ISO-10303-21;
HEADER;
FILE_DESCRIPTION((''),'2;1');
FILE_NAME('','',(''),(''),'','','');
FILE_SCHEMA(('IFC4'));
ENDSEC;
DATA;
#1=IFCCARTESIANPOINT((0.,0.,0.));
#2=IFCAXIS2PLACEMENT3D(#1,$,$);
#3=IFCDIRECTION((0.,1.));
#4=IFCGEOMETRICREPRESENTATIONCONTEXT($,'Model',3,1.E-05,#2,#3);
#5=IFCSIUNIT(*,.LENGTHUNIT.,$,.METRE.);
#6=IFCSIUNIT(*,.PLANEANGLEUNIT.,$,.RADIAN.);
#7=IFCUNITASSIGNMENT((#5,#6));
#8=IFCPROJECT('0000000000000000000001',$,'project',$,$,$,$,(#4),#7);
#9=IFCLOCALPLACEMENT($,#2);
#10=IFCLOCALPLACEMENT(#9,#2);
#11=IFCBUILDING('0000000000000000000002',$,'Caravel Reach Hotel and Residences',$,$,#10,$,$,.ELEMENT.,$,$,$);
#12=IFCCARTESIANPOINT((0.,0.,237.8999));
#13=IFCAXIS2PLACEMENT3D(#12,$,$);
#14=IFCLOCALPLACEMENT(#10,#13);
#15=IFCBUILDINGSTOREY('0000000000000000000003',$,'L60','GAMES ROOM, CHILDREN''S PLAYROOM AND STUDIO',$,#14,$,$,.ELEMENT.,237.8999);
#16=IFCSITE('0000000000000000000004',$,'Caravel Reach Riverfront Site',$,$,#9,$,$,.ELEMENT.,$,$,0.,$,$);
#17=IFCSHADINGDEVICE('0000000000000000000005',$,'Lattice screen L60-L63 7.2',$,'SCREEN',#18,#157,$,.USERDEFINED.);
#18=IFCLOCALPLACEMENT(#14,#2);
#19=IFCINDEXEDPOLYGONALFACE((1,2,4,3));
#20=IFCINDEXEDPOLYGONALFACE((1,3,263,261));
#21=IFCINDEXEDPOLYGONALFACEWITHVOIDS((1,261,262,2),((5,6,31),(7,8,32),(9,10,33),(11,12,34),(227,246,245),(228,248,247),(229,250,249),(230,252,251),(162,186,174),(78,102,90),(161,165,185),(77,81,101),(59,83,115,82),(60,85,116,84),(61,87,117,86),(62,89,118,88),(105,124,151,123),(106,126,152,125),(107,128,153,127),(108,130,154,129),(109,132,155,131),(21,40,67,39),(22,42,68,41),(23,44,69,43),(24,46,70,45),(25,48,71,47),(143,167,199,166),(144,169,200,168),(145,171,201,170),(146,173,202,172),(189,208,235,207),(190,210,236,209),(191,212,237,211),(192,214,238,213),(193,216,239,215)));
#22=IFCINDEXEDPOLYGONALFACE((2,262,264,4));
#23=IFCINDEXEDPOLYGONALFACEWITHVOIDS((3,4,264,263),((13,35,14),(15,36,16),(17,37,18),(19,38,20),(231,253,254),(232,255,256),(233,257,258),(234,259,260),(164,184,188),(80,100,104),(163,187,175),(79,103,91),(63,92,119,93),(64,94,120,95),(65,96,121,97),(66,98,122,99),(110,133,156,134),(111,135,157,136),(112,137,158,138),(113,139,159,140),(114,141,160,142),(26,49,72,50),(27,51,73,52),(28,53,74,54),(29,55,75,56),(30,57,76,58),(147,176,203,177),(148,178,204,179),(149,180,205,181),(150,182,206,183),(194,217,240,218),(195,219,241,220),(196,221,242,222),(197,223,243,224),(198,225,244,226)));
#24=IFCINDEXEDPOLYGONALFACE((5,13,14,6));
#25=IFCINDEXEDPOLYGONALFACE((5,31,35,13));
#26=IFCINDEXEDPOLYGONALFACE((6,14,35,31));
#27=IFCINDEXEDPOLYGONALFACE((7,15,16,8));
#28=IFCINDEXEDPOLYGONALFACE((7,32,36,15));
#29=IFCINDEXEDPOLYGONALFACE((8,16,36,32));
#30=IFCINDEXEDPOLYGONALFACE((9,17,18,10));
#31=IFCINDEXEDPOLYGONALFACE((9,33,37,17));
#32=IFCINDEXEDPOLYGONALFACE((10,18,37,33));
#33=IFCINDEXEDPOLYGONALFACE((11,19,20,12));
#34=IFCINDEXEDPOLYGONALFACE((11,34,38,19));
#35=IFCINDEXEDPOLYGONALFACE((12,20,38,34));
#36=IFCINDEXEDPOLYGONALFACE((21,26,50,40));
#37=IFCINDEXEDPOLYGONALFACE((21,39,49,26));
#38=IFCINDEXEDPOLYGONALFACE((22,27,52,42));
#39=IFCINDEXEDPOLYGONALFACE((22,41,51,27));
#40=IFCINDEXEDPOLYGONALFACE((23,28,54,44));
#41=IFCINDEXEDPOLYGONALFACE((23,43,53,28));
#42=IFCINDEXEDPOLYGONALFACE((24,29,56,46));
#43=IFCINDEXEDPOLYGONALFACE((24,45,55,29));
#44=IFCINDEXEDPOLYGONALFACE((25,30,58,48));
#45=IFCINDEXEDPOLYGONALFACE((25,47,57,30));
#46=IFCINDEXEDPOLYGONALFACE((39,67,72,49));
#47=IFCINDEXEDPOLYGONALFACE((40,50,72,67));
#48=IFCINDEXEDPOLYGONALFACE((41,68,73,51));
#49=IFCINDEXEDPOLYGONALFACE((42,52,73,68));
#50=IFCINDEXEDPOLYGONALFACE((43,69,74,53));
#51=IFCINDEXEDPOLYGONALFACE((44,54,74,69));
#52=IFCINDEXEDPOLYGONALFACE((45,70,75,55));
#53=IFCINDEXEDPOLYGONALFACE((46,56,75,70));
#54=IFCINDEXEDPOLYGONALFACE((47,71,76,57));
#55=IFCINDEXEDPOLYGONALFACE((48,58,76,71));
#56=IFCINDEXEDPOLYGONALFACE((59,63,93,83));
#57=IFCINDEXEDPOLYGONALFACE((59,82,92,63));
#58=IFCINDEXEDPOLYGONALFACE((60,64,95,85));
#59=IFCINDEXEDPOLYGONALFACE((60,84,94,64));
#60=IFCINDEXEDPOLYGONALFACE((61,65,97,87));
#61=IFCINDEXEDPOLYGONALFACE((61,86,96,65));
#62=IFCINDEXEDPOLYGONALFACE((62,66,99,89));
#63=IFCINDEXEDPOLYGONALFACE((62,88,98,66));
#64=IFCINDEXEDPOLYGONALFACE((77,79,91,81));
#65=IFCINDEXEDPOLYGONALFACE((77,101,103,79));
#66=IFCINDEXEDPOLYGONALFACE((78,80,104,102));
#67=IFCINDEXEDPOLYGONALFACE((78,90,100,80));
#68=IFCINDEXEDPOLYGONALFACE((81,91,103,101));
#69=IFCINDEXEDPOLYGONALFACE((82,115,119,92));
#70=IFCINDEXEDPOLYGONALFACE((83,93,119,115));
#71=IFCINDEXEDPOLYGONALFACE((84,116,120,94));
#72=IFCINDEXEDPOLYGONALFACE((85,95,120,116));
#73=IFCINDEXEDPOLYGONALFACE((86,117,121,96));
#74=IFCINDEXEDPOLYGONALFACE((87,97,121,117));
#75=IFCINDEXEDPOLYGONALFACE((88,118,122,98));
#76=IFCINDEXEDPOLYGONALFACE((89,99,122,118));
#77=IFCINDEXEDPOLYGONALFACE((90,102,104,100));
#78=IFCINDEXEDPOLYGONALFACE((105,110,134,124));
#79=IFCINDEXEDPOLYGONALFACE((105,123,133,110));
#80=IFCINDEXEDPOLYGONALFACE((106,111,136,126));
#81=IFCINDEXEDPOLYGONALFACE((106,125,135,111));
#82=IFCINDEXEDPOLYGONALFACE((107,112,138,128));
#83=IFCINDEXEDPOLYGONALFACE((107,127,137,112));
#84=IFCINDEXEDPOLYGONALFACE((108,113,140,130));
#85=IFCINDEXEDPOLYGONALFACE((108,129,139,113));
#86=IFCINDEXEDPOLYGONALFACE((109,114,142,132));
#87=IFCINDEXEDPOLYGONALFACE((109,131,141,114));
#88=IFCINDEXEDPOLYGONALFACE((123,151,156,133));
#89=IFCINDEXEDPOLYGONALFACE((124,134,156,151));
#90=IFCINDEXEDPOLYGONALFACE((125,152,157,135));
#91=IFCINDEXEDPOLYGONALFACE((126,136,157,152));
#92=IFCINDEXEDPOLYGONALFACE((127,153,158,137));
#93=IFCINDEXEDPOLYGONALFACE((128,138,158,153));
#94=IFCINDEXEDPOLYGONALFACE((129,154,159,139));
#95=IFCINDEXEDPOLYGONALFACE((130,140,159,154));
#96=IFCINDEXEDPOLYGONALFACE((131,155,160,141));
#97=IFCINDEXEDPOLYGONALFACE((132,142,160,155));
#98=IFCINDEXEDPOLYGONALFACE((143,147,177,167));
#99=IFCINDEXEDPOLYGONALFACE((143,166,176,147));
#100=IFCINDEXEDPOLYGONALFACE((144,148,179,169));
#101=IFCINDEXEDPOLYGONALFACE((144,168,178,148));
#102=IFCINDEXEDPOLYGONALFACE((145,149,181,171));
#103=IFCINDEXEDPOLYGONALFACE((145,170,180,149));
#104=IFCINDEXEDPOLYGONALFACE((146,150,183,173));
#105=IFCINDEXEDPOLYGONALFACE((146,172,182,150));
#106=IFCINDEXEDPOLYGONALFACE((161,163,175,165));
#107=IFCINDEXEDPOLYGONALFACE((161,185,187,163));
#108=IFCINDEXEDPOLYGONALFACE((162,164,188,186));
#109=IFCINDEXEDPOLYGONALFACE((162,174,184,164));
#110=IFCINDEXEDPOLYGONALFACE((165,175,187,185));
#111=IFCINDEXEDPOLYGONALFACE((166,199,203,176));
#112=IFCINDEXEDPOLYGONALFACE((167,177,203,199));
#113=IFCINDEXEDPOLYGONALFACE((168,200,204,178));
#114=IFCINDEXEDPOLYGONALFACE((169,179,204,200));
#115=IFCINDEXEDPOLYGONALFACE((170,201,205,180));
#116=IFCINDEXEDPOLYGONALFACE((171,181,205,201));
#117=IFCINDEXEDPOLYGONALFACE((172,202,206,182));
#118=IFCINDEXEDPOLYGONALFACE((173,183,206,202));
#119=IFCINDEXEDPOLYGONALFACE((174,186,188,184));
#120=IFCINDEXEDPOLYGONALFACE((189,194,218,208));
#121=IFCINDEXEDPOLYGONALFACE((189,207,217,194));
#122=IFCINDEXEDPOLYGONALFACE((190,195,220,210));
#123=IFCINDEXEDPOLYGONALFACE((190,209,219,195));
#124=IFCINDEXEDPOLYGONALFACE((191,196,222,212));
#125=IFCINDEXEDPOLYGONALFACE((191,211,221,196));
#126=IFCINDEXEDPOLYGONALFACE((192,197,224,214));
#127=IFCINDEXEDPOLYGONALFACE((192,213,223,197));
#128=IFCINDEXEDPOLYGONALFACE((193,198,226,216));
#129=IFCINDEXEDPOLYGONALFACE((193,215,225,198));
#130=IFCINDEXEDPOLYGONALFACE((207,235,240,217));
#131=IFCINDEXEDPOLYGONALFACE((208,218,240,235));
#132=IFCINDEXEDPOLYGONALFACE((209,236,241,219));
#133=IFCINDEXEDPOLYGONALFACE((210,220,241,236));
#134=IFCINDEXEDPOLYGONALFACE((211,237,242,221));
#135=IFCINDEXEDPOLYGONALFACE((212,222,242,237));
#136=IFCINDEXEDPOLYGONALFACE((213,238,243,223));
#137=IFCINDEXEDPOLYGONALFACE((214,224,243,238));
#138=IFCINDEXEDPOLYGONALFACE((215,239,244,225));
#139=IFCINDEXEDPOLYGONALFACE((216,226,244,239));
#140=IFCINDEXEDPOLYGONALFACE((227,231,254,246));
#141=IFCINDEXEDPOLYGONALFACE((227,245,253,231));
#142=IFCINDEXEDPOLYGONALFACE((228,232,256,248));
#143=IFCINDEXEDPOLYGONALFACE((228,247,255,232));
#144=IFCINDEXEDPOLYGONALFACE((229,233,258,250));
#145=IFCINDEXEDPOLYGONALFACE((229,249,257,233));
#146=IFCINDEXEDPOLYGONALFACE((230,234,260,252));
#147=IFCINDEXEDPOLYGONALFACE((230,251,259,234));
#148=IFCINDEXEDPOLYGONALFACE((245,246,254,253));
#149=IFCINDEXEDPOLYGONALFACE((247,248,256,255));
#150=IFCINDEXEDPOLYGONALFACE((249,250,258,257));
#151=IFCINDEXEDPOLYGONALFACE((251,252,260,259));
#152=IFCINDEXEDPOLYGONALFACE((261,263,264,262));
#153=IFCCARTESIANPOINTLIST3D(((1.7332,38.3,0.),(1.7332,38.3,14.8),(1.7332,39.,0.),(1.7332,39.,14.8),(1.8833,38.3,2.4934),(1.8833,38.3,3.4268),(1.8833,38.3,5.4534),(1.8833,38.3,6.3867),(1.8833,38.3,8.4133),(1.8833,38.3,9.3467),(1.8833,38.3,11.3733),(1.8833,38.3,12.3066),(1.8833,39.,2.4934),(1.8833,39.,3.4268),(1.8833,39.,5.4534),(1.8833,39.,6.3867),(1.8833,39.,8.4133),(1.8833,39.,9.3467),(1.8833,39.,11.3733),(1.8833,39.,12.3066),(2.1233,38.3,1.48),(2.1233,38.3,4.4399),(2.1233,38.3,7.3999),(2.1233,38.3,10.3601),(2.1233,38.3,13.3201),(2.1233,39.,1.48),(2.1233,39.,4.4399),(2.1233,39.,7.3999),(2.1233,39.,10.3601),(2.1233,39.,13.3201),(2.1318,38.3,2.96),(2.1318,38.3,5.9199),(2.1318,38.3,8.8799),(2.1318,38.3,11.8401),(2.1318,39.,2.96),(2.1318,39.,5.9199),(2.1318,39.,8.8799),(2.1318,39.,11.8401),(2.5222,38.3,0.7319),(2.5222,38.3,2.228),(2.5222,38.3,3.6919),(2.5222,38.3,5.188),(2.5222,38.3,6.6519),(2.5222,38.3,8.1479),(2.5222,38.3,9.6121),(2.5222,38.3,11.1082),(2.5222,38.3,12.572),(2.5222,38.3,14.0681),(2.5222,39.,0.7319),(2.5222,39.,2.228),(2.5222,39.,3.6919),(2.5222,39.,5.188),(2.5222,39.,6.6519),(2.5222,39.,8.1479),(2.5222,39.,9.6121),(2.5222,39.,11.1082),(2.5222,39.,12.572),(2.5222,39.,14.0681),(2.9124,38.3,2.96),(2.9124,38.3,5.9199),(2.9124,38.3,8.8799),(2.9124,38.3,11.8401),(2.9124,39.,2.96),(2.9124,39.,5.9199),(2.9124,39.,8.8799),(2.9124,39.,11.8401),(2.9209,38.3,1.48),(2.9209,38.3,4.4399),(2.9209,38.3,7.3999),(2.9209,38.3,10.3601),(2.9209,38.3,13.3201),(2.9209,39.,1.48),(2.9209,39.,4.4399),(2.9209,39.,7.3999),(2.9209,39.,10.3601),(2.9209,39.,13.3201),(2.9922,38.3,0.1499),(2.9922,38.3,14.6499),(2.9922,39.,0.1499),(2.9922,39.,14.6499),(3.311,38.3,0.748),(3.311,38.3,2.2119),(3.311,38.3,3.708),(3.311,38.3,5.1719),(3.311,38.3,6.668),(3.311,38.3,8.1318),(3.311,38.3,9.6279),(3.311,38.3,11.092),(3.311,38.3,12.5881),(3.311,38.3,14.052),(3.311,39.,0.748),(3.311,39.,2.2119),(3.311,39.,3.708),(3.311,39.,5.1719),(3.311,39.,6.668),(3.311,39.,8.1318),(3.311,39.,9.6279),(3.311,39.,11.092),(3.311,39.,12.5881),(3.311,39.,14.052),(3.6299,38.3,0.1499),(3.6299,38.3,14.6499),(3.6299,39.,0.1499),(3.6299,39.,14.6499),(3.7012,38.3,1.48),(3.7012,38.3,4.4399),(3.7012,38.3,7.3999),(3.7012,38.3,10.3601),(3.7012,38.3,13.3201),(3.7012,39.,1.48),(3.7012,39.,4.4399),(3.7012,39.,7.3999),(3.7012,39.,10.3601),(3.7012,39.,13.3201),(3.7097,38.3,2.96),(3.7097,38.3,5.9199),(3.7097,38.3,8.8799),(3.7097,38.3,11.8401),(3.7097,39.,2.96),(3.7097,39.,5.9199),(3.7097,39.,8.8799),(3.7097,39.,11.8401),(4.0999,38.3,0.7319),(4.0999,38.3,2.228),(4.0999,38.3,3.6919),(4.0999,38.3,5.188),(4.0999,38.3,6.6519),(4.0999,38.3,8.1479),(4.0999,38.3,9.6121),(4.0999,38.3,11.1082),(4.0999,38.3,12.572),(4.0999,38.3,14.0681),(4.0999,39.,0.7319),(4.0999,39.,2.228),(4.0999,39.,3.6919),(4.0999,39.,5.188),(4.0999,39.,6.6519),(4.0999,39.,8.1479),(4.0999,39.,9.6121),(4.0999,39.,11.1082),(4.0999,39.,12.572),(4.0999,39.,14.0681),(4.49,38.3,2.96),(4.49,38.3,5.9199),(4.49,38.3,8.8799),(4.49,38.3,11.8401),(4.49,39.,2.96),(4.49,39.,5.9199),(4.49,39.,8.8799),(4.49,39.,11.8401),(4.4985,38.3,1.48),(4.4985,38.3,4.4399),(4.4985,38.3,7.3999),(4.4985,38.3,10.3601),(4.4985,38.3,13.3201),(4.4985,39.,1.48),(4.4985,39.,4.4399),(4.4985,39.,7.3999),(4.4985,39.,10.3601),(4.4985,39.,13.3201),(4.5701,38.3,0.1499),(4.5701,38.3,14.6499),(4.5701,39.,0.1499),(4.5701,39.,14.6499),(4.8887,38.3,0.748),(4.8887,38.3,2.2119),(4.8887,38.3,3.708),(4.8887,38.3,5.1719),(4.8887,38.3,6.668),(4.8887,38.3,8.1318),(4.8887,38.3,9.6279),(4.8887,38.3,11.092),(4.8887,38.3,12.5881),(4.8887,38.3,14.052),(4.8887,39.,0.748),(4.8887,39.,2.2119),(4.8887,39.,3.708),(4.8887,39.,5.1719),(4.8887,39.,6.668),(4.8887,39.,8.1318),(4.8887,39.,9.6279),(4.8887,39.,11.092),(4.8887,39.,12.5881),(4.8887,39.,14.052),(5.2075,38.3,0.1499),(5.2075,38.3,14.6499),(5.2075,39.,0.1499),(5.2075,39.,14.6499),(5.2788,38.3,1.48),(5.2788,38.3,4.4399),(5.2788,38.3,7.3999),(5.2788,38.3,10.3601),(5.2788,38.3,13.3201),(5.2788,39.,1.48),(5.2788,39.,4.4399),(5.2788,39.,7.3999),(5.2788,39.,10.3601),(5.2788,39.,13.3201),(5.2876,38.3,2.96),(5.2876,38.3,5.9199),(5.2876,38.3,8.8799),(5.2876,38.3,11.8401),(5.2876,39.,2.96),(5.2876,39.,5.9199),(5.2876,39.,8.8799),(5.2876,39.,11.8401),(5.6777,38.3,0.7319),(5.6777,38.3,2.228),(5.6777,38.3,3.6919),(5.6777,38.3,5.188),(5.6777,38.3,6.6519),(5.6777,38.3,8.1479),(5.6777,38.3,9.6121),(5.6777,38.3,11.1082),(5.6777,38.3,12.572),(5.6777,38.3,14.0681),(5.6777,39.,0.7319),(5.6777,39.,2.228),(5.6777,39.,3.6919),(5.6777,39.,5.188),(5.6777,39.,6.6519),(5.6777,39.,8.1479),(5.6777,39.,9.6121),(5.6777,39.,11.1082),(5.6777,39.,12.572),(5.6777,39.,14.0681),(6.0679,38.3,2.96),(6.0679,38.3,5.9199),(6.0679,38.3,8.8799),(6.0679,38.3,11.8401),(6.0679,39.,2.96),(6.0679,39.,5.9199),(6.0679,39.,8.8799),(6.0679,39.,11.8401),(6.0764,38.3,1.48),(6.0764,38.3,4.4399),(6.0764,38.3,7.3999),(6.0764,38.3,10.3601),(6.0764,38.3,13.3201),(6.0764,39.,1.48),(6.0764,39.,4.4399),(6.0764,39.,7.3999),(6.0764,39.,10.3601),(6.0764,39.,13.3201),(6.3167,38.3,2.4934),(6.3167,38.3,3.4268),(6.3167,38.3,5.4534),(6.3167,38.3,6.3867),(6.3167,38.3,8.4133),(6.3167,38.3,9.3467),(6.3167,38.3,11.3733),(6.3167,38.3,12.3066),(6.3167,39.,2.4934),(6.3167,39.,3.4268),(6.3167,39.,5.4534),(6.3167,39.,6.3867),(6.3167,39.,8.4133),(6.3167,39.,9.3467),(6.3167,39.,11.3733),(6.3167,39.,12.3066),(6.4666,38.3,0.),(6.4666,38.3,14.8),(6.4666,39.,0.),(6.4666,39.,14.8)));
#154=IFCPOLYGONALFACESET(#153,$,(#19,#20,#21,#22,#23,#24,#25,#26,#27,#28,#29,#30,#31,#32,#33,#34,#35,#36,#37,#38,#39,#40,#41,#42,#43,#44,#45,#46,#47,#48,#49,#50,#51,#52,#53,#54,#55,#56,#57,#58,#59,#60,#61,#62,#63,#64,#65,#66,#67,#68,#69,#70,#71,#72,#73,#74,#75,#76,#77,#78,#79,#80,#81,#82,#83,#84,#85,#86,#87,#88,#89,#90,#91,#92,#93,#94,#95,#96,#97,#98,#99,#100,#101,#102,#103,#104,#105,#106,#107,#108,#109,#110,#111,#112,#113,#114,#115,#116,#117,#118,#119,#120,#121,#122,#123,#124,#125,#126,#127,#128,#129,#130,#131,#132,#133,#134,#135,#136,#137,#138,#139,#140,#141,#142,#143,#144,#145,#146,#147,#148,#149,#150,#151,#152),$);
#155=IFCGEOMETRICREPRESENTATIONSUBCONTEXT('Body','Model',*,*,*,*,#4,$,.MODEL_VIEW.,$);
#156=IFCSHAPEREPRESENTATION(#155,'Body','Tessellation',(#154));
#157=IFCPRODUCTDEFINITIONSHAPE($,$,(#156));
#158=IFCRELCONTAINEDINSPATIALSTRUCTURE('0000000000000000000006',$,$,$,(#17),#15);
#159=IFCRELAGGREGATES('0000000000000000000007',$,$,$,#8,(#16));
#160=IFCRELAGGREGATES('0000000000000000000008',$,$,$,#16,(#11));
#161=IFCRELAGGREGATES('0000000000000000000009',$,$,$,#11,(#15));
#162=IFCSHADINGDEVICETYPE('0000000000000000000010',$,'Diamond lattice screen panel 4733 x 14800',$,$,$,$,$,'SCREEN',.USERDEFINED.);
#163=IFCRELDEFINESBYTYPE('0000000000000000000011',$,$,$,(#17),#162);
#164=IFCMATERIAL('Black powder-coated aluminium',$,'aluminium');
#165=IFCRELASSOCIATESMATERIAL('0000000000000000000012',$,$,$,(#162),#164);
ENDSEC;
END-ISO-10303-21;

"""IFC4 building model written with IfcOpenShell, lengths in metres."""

from ifc_helpers import new_model, si_unit, direction, frame, origin, place, context, subcontext, project, spatial, polyline, outline, extrude, material, type_object, element, save


model = new_model("IFC4")

# Units and contexts
model_context = context("Model", 3, precision=1e-05, world=origin(), true_north=direction((0.0, 1.0)))
body_context = subcontext(model_context, "Body", "Model", "MODEL_VIEW")
ifc_project = project(units=[si_unit("LENGTHUNIT", "METRE"), si_unit("PLANEANGLEUNIT", "RADIAN")], contexts=[model_context])

# Site, building, storey
site_placement = place(None, origin())
site = spatial("IfcSite", under=ifc_project, at=site_placement, Name="Caravel Reach Riverfront Site", CompositionType="ELEMENT", RefElevation=0.0)
building_placement = place(site_placement, origin())
building = spatial("IfcBuilding", under=site, at=building_placement, Name="Caravel Reach Hotel and Residences", CompositionType="ELEMENT")
storey_placement = place(building_placement, frame((0.0, 0.0, 237.8999)))
storey = spatial("IfcBuildingStorey", under=building, at=storey_placement, Name="L60", Description="GAMES ROOM, CHILDREN'S PLAYROOM AND STUDIO", CompositionType="ELEMENT", Elevation=237.8999)

# Shading device
ifc_material_1 = material(Name="Black powder-coated aluminium", Category="aluminium")
shading_device_type_1 = type_object("IfcShadingDeviceType", Name="Diamond lattice screen panel 4733 x 14800", ElementType="SCREEN", PredefinedType="USERDEFINED", material=ifc_material_1)
shading_device_1_placement = place(storey_placement, frame((6.4666, 38.3, 0.0), z_axis=(0.0, 1.0, 0.0), x_axis=(-1.0, 0.0, 0.0)))
element("IfcShadingDevice", 1, at=shading_device_1_placement, inside=storey, type_object=shading_device_type_1, Name="Lattice screen L60-L63 7.2", ObjectType="SCREEN", PredefinedType="USERDEFINED", context=body_context, shape_type="SweptSolid", body=[
    extrude(outline(polyline([(0.0, 0.0), (4.7334, 0.0), (4.7334, 14.8), (0.0, 14.8), (0.0, 0.0)]), holes=[polyline([(0.3987, 2.96), (0.1499, 3.4268), (0.1499, 2.4934), (0.3987, 2.96)]), polyline([(0.3987, 5.9199), (0.1499, 6.3867), (0.1499, 5.4534), (0.3987, 5.9199)]), polyline([(0.3987, 8.8799), (0.1499, 9.3467), (0.1499, 8.4133), (0.3987, 8.8799)]), polyline([(0.3987, 11.8401), (0.1499, 12.3066), (0.1499, 11.3733), (0.3987, 11.8401)]), polyline([(0.7888, 2.228), (0.3901, 1.48), (0.7888, 0.7319), (1.1877, 1.48), (0.7888, 2.228)]), polyline([(0.7888, 5.188), (0.3901, 4.4399), (0.7888, 3.6919), (1.1877, 4.4399), (0.7888, 5.188)]), polyline([(0.7888, 8.1479), (0.3901, 7.3999), (0.7888, 6.6519), (1.1877, 7.3999), (0.7888, 8.1479)]), polyline([(0.7888, 11.1082), (0.3901, 10.3601), (0.7888, 9.6121), (1.1877, 10.3601), (0.7888, 11.1082)]), polyline([(0.7888, 14.0681), (0.3901, 13.3201), (0.7888, 12.572), (1.1877, 13.3201), (0.7888, 14.0681)]), polyline([(1.5779, 0.748), (1.259, 0.1499), (1.8965, 0.1499), (1.5779, 0.748)]), polyline([(1.5779, 3.708), (1.179, 2.96), (1.5779, 2.2119), (1.9766, 2.96), (1.5779, 3.708)]), polyline([(1.5779, 6.668), (1.179, 5.9199), (1.5779, 5.1719), (1.9766, 5.9199), (1.5779, 6.668)]), polyline([(1.5779, 9.6279), (1.179, 8.8799), (1.5779, 8.1318), (1.9766, 8.8799), (1.5779, 9.6279)]), polyline([(1.5779, 12.5881), (1.179, 11.8401), (1.5779, 11.092), (1.9766, 11.8401), (1.5779, 12.5881)]), polyline([(1.5779, 14.052), (1.8965, 14.6499), (1.259, 14.6499), (1.5779, 14.052)]), polyline([(2.3667, 2.228), (1.968, 1.48), (2.3667, 0.7319), (2.7654, 1.48), (2.3667, 2.228)]), polyline([(2.3667, 5.188), (1.968, 4.4399), (2.3667, 3.6919), (2.7654, 4.4399), (2.3667, 5.188)]), polyline([(2.3667, 8.1479), (1.968, 7.3999), (2.3667, 6.6519), (2.7654, 7.3999), (2.3667, 8.1479)]), polyline([(2.3667, 11.1082), (1.968, 10.3601), (2.3667, 9.6121), (2.7654, 10.3601), (2.3667, 11.1082)]), polyline([(2.3667, 14.0681), (1.968, 13.3201), (2.3667, 12.572), (2.7654, 13.3201), (2.3667, 14.0681)]), polyline([(3.1555, 0.748), (2.8367, 0.1499), (3.4744, 0.1499), (3.1555, 0.748)]), polyline([(3.1555, 3.708), (2.7568, 2.96), (3.1555, 2.2119), (3.5542, 2.96), (3.1555, 3.708)]), polyline([(3.1555, 6.668), (2.7568, 5.9199), (3.1555, 5.1719), (3.5542, 5.9199), (3.1555, 6.668)]), polyline([(3.1555, 9.6279), (2.7568, 8.8799), (3.1555, 8.1318), (3.5542, 8.8799), (3.1555, 9.6279)]), polyline([(3.1555, 12.5881), (2.7568, 11.8401), (3.1555, 11.092), (3.5542, 11.8401), (3.1555, 12.5881)]), polyline([(3.1555, 14.052), (3.4744, 14.6499), (2.8367, 14.6499), (3.1555, 14.052)]), polyline([(3.9443, 2.228), (3.5457, 1.48), (3.9443, 0.7319), (4.3433, 1.48), (3.9443, 2.228)]), polyline([(3.9443, 5.188), (3.5457, 4.4399), (3.9443, 3.6919), (4.3433, 4.4399), (3.9443, 5.188)]), polyline([(3.9443, 8.1479), (3.5457, 7.3999), (3.9443, 6.6519), (4.3433, 7.3999), (3.9443, 8.1479)]), polyline([(3.9443, 11.1082), (3.5457, 10.3601), (3.9443, 9.6121), (4.3433, 10.3601), (3.9443, 11.1082)]), polyline([(3.9443, 14.0681), (3.5457, 13.3201), (3.9443, 12.572), (4.3433, 13.3201), (3.9443, 14.0681)]), polyline([(4.3347, 2.96), (4.5833, 2.4934), (4.5833, 3.4268), (4.3347, 2.96)]), polyline([(4.3347, 5.9199), (4.5833, 5.4534), (4.5833, 6.3867), (4.3347, 5.9199)]), polyline([(4.3347, 8.8799), (4.5833, 8.4133), (4.5833, 9.3467), (4.3347, 8.8799)]), polyline([(4.3347, 11.8401), (4.5833, 11.3733), (4.5833, 12.3066), (4.3347, 11.8401)])]), origin(), (0.0, 0.0, 1.0), 0.7),
])

save(model, "model.ifc")
